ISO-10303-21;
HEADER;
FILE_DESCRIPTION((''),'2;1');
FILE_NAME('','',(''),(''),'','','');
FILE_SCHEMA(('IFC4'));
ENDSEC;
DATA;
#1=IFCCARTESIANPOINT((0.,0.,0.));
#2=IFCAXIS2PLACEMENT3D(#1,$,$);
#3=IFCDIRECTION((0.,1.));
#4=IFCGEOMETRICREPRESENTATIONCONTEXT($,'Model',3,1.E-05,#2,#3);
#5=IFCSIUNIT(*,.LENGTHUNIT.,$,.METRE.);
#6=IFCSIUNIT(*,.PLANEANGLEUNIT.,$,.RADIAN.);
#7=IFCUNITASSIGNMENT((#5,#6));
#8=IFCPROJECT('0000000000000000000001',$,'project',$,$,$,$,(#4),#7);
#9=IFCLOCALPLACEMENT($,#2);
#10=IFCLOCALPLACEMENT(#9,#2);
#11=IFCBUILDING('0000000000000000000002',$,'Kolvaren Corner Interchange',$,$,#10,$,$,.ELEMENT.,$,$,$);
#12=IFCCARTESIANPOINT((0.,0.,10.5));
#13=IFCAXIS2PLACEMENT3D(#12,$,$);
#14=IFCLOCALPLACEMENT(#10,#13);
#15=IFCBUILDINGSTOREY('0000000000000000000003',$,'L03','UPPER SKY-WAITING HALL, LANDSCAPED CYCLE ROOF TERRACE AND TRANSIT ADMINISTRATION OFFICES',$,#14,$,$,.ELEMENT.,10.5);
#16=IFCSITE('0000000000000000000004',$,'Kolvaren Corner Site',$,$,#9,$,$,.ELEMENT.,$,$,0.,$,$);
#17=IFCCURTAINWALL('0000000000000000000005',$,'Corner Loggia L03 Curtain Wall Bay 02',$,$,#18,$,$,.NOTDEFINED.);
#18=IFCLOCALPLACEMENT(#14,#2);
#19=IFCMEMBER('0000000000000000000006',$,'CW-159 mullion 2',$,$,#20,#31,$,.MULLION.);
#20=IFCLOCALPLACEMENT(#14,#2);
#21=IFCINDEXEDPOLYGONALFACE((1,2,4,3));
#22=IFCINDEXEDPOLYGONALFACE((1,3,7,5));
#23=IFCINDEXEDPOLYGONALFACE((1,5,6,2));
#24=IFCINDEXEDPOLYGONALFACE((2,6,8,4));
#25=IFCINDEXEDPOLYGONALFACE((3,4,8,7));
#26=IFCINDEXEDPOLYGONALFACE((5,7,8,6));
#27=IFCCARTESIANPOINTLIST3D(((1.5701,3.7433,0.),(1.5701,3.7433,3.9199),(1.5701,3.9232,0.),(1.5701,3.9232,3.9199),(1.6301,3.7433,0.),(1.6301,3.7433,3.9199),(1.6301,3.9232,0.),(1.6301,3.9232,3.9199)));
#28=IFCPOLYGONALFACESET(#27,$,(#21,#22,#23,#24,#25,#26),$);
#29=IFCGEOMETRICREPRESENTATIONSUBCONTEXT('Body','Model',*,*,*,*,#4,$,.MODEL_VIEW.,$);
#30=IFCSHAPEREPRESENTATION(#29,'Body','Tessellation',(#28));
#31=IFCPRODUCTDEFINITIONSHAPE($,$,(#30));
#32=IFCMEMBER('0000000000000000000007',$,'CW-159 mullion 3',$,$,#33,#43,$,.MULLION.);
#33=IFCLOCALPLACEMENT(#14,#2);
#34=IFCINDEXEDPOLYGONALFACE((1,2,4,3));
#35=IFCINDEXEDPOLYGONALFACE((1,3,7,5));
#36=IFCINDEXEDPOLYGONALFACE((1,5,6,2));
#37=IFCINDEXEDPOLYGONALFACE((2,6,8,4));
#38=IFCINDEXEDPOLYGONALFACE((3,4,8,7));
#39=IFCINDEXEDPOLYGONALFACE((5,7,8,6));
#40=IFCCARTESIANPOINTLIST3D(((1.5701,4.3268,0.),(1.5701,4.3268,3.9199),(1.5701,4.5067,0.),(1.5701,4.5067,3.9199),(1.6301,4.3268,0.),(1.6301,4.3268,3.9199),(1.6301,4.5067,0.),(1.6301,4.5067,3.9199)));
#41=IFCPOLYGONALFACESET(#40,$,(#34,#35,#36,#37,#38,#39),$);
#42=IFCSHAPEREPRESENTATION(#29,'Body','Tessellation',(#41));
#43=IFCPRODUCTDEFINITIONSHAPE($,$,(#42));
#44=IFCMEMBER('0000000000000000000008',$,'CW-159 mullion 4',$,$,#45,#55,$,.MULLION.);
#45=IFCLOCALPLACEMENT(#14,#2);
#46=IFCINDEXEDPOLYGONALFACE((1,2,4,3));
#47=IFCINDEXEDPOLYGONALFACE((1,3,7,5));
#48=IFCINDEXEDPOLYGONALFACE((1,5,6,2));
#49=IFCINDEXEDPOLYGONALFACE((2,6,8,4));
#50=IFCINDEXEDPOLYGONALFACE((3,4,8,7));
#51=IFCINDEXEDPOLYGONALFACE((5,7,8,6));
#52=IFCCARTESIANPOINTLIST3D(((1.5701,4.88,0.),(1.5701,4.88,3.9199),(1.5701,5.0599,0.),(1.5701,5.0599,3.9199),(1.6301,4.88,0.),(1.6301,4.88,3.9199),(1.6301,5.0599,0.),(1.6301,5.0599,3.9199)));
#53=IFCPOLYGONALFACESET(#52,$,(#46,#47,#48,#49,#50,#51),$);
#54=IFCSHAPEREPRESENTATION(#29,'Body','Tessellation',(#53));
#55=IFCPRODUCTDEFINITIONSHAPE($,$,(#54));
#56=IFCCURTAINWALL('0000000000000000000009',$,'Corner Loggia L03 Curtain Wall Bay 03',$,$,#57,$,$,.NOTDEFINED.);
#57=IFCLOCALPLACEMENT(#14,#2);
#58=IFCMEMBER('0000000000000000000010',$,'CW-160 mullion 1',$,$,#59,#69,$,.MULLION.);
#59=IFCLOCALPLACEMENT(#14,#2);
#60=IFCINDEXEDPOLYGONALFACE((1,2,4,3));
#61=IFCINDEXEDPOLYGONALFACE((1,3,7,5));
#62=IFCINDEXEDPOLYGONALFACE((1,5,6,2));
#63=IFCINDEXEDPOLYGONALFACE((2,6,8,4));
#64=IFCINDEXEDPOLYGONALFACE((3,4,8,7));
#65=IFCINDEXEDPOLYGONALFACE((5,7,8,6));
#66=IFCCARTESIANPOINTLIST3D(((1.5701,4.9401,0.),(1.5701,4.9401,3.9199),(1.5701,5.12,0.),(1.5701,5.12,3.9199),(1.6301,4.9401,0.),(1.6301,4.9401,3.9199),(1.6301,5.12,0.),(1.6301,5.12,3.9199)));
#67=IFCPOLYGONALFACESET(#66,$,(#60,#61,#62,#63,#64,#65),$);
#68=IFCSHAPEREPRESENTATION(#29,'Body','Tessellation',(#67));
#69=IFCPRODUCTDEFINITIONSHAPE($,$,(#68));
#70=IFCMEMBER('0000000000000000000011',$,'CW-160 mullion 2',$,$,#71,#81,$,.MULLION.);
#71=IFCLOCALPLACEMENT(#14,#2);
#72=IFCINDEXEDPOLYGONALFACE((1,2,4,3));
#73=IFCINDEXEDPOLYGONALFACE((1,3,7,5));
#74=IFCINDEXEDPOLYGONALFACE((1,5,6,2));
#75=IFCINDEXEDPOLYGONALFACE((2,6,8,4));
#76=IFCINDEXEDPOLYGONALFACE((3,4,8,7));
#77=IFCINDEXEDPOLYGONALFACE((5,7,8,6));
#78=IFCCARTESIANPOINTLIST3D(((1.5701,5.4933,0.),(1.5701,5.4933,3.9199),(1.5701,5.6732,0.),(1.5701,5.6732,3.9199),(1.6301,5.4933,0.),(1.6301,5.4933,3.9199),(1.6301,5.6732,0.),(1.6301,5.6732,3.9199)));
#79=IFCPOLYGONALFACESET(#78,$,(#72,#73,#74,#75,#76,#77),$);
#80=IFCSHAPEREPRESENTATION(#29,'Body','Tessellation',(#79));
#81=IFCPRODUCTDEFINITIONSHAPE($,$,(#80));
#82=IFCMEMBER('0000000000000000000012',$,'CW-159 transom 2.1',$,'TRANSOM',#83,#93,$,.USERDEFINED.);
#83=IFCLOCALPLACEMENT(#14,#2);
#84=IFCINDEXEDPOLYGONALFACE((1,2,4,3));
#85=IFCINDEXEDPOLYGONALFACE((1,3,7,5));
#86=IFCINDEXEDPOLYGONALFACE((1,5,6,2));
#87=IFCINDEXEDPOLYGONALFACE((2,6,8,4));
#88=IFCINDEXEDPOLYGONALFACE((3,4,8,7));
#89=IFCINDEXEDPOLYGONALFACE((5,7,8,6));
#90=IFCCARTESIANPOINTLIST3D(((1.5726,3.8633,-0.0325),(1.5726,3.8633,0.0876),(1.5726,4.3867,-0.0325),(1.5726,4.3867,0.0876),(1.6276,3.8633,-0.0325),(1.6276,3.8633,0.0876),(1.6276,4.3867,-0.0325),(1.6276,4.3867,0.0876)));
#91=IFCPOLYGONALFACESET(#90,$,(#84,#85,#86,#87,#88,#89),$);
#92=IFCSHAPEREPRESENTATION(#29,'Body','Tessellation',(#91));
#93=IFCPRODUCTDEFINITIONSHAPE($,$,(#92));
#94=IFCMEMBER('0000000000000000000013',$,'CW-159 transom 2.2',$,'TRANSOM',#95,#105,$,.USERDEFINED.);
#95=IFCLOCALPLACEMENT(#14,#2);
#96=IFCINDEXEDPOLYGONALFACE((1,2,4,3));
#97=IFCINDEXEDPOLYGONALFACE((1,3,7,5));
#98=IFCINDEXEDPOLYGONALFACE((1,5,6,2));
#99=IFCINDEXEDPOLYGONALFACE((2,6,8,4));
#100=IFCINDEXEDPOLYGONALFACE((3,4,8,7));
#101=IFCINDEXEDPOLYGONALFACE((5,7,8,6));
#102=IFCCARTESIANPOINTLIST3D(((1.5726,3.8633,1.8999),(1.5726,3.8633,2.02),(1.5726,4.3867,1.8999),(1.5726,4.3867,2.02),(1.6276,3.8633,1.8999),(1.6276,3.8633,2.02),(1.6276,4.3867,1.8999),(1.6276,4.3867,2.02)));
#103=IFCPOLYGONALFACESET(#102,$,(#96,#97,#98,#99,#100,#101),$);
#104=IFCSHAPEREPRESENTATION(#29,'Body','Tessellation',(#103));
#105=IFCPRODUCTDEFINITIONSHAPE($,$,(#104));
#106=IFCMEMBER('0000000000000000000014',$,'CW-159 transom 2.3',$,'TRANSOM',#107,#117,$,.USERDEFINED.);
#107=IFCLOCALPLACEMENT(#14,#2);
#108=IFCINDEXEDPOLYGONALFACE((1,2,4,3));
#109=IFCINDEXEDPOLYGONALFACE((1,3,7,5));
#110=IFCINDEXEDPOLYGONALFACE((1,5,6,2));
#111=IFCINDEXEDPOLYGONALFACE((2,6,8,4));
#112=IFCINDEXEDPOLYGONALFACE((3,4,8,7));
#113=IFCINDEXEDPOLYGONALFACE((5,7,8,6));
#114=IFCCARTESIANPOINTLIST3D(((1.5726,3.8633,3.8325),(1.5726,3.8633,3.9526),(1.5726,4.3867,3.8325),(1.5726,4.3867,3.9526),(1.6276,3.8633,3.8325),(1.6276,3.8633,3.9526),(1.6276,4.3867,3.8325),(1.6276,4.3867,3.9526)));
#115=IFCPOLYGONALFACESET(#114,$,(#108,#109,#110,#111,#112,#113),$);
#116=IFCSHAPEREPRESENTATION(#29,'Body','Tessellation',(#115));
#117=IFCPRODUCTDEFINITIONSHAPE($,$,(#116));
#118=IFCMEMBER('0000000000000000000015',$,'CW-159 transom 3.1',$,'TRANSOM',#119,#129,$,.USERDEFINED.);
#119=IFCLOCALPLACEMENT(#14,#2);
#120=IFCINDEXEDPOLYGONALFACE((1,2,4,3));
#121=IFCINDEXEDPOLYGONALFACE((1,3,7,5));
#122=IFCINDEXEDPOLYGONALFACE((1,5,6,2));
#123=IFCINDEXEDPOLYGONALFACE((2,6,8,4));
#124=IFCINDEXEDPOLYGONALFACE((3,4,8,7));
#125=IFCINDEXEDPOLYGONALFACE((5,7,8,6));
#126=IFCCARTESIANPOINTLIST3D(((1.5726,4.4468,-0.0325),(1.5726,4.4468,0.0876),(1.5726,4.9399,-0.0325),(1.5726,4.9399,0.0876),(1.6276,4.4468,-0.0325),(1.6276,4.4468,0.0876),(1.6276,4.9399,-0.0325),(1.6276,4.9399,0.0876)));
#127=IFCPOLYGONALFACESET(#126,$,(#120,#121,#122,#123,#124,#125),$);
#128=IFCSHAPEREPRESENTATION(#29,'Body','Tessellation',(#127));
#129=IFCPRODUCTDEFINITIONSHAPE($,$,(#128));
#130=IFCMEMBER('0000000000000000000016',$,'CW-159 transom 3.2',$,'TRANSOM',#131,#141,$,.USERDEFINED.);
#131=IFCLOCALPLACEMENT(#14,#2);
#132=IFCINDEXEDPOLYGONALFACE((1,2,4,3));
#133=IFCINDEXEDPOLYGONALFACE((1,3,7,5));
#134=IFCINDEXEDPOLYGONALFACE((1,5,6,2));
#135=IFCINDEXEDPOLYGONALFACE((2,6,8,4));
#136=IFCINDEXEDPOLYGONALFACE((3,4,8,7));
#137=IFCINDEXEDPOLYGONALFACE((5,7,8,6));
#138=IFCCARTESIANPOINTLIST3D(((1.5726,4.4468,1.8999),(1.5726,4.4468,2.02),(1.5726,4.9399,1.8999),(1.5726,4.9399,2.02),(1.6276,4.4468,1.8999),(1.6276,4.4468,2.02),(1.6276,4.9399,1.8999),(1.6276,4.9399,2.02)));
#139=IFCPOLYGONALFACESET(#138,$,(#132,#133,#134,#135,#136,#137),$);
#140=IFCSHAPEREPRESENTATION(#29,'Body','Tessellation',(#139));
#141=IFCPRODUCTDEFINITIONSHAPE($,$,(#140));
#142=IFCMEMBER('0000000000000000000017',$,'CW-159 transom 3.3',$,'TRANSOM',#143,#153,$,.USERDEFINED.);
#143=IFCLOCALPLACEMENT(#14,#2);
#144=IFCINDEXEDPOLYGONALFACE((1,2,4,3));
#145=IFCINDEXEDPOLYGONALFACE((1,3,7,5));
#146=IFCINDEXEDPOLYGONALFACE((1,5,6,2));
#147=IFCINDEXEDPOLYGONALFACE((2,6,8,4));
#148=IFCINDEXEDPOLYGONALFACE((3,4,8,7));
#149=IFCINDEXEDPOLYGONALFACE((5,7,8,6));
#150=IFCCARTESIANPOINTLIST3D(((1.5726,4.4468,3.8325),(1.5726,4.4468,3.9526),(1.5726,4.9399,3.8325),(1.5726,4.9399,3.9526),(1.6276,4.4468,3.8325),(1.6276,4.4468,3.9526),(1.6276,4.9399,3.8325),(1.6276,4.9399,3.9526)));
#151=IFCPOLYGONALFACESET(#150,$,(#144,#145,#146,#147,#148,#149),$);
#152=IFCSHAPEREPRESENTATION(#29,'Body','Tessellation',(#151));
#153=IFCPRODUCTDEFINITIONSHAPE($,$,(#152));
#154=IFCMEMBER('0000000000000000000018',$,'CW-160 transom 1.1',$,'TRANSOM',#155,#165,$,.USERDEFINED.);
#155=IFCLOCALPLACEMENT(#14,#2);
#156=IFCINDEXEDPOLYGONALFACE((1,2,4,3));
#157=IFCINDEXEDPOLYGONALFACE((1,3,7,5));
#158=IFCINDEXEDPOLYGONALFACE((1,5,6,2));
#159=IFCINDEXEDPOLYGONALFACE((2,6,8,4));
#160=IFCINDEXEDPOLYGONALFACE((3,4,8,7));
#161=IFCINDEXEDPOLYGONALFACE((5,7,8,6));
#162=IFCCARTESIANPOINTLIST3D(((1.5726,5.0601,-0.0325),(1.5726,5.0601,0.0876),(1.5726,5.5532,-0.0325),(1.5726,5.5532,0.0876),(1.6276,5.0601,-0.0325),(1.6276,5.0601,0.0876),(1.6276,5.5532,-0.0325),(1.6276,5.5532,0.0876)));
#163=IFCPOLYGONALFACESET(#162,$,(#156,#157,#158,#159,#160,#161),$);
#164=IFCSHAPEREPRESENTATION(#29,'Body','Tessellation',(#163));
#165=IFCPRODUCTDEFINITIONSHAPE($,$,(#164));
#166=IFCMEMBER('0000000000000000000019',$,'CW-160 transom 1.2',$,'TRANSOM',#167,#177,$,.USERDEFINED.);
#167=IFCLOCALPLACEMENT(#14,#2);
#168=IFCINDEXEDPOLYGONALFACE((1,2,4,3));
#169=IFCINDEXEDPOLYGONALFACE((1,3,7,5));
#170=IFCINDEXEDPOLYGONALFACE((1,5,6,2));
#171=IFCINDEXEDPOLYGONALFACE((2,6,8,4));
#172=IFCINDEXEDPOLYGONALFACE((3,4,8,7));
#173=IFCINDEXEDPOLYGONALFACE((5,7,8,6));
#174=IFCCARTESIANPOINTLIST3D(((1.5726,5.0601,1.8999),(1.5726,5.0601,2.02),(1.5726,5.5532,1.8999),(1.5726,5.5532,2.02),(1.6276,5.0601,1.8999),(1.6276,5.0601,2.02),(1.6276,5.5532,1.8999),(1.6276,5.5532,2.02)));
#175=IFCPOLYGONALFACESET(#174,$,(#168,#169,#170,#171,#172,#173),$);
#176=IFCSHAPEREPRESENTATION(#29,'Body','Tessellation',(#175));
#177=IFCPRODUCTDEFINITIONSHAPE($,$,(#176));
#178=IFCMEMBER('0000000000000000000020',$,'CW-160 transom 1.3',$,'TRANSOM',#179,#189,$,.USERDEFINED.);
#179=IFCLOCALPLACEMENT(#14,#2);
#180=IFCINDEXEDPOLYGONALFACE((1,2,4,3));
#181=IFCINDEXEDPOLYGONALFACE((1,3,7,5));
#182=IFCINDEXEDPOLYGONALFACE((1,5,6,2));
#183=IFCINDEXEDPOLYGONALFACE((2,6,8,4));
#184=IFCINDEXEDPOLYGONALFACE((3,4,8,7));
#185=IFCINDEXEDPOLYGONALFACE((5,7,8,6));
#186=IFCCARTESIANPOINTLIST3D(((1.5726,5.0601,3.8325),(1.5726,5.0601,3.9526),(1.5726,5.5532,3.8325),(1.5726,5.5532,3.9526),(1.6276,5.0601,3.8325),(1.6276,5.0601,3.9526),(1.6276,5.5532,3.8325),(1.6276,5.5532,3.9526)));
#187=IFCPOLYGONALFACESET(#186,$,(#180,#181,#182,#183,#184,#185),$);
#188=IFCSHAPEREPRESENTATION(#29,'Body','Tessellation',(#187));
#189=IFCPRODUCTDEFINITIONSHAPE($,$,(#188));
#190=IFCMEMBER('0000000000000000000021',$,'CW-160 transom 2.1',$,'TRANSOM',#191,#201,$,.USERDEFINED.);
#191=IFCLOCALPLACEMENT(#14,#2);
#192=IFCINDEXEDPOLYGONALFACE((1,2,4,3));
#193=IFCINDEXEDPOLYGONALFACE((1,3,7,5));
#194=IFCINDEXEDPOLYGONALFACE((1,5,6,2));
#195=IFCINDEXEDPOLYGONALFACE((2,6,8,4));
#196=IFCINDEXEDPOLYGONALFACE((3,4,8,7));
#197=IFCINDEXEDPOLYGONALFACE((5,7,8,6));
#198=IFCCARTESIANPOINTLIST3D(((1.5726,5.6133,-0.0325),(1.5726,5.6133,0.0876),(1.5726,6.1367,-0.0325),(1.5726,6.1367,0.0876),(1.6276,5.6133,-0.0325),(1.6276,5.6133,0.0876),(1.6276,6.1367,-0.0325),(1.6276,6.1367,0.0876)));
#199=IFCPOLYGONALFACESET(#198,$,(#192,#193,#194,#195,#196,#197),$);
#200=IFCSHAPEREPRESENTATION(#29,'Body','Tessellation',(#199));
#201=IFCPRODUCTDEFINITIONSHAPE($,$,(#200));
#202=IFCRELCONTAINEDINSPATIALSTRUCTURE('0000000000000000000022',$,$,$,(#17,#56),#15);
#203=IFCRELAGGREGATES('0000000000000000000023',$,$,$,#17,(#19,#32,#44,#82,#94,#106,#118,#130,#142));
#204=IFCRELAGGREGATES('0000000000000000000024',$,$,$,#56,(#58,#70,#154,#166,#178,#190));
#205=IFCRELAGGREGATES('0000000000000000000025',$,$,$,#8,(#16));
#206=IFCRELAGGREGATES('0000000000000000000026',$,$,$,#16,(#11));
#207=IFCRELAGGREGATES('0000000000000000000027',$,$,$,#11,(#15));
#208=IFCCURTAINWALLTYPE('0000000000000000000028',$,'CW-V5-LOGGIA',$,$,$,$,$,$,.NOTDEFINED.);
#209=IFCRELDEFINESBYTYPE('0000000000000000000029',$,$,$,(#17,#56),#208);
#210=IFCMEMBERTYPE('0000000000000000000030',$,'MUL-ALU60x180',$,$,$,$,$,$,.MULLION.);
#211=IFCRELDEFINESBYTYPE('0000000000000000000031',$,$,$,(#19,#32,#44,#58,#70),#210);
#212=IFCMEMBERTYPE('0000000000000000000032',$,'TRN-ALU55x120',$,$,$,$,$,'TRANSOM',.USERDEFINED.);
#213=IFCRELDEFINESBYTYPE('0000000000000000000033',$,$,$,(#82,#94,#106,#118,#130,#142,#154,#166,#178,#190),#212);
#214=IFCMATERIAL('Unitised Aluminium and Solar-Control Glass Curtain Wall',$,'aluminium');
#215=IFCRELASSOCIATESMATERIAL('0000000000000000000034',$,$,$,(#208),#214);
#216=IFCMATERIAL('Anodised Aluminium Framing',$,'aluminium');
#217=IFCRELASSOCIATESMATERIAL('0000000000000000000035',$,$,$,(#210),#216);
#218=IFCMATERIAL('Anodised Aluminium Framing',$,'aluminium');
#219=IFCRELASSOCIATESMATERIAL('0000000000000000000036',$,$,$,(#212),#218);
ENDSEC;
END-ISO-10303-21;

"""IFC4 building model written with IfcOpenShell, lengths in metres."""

from ifc_helpers import new_model, si_unit, direction, frame, origin, origin_2d, place, context, subcontext, project, spatial, rectangle, extrude, material, material_profile, profile_set, type_object, element, aggregate, save


model = new_model("IFC4")

# Units and contexts
model_context = context("Model", 3, precision=1e-05, world=origin(), true_north=direction((0.0, 1.0)))
body_context = subcontext(model_context, "Body", "Model", "MODEL_VIEW")
ifc_project = project(units=[si_unit("LENGTHUNIT", "METRE"), si_unit("PLANEANGLEUNIT", "RADIAN")], contexts=[model_context])

# Site, building, storey
site_placement = place(None, origin())
site = spatial("IfcSite", under=ifc_project, at=site_placement, Name="Kolvaren Corner Site", CompositionType="ELEMENT", RefElevation=0.0)
building_placement = place(site_placement, origin())
building = spatial("IfcBuilding", under=site, at=building_placement, Name="Kolvaren Corner Interchange", CompositionType="ELEMENT")
storey_placement = place(building_placement, frame((0.0, 0.0, 10.5)))
storey = spatial("IfcBuildingStorey", under=building, at=storey_placement, Name="L03", Description="UPPER SKY-WAITING HALL, LANDSCAPED CYCLE ROOF TERRACE AND TRANSIT ADMINISTRATION OFFICES", CompositionType="ELEMENT", Elevation=10.5)

# Curtain walls, members
ifc_material_1 = material(Name="Unitised Aluminium and Solar-Control Glass Curtain Wall", Category="aluminium")
curtain_wall_type = type_object("IfcCurtainWallType", Name="CW-V5-LOGGIA", PredefinedType="NOTDEFINED", material=ifc_material_1)
curtain_wall_1_placement = place(storey_placement, origin())
curtain_wall_1 = element("IfcCurtainWall", 1, at=curtain_wall_1_placement, inside=storey, type_object=curtain_wall_type, Name="Corner Loggia L03 Curtain Wall Bay 02", PredefinedType="NOTDEFINED")
ifc_material_2 = material(Name="Anodised Aluminium Framing", Category="aluminium")
ifc_material_profile_1 = material_profile(ifc_material_2, rectangle(XDim=0.0601, YDim=0.1799, at=origin_2d()), Name="ALU 60x180")
ifc_profile_set_1 = profile_set([ifc_material_profile_1], Name="Anodised Aluminium Framing")
member_type_1 = type_object("IfcMemberType", Name="MUL-ALU60x180", PredefinedType="MULLION", material=ifc_profile_set_1)
member_1_placement = place(storey_placement, frame((1.6001, 3.8333, 0.0), z_axis=(0.0, 0.0, 1.0), x_axis=(-1.0, 0.0, 0.0)))
member_1 = element("IfcMember", 2, at=member_1_placement, type_object=member_type_1, Name="CW-159 mullion 2", PredefinedType="MULLION", context=body_context, shape_type="SweptSolid", body=[
    extrude(rectangle(XDim=0.0601, YDim=0.1799, at=origin_2d()), origin(), (0.0, 0.0, 1.0), 3.9199),
])
member_2_placement = place(storey_placement, frame((1.6001, 4.4167, 0.0), z_axis=(0.0, 0.0, 1.0), x_axis=(-1.0, 0.0, 0.0)))
member_2 = element("IfcMember", 3, at=member_2_placement, type_object=member_type_1, Name="CW-159 mullion 3", PredefinedType="MULLION", context=body_context, shape_type="SweptSolid", body=[
    extrude(rectangle(XDim=0.0601, YDim=0.1799, at=origin_2d()), origin(), (0.0, 0.0, 1.0), 3.9199),
])
member_3_placement = place(storey_placement, frame((1.6001, 4.97, 0.0), z_axis=(0.0, 0.0, 1.0), x_axis=(-1.0, 0.0, 0.0)))
member_3 = element("IfcMember", 4, at=member_3_placement, type_object=member_type_1, Name="CW-159 mullion 4", PredefinedType="MULLION", context=body_context, shape_type="SweptSolid", body=[
    extrude(rectangle(XDim=0.0601, YDim=0.1799, at=origin_2d()), origin(), (0.0, 0.0, 1.0), 3.9199),
])
curtain_wall_2_placement = place(storey_placement, origin())
curtain_wall_2 = element("IfcCurtainWall", 5, at=curtain_wall_2_placement, inside=storey, type_object=curtain_wall_type, Name="Corner Loggia L03 Curtain Wall Bay 03", PredefinedType="NOTDEFINED")
member_4_placement = place(storey_placement, frame((1.6001, 5.03, 0.0), z_axis=(0.0, 0.0, 1.0), x_axis=(-1.0, 0.0, 0.0)))
member_4 = element("IfcMember", 6, at=member_4_placement, type_object=member_type_1, Name="CW-160 mullion 1", PredefinedType="MULLION", context=body_context, shape_type="SweptSolid", body=[
    extrude(rectangle(XDim=0.0601, YDim=0.1799, at=origin_2d()), origin(), (0.0, 0.0, 1.0), 3.9199),
])
member_5_placement = place(storey_placement, frame((1.6001, 5.5833, 0.0), z_axis=(0.0, 0.0, 1.0), x_axis=(-1.0, 0.0, 0.0)))
member_5 = element("IfcMember", 7, at=member_5_placement, type_object=member_type_1, Name="CW-160 mullion 2", PredefinedType="MULLION", context=body_context, shape_type="SweptSolid", body=[
    extrude(rectangle(XDim=0.0601, YDim=0.1799, at=origin_2d()), origin(), (0.0, 0.0, 1.0), 3.9199),
])

# Members
ifc_material_3 = material(Name="Anodised Aluminium Framing", Category="aluminium")
ifc_material_profile_2 = material_profile(ifc_material_3, rectangle(XDim=0.0549, YDim=0.1201, at=origin_2d()), Name="ALU 55x120")
ifc_profile_set_2 = profile_set([ifc_material_profile_2], Name="Anodised Aluminium Framing")
member_type_2 = type_object("IfcMemberType", Name="TRN-ALU55x120", ElementType="TRANSOM", PredefinedType="USERDEFINED", material=ifc_profile_set_2)
member_6_placement = place(storey_placement, frame((1.6001, 3.8633, 0.0276), z_axis=(0.0, 1.0, 0.0), x_axis=(-1.0, 0.0, 0.0)))
member_6 = element("IfcMember", 8, at=member_6_placement, type_object=member_type_2, Name="CW-159 transom 2.1", ObjectType="TRANSOM", PredefinedType="USERDEFINED", context=body_context, shape_type="SweptSolid", body=[
    extrude(rectangle(XDim=0.0549, YDim=0.1201, at=origin_2d()), origin(), (0.0, 0.0, 1.0), 0.5234),
])
member_7_placement = place(storey_placement, frame((1.6001, 3.8633, 1.96), z_axis=(0.0, 1.0, 0.0), x_axis=(-1.0, 0.0, 0.0)))
member_7 = element("IfcMember", 9, at=member_7_placement, type_object=member_type_2, Name="CW-159 transom 2.2", ObjectType="TRANSOM", PredefinedType="USERDEFINED", context=body_context, shape_type="SweptSolid", body=[
    extrude(rectangle(XDim=0.0549, YDim=0.1201, at=origin_2d()), origin(), (0.0, 0.0, 1.0), 0.5234),
])
member_8_placement = place(storey_placement, frame((1.6001, 3.8633, 3.8926), z_axis=(0.0, 1.0, 0.0), x_axis=(-1.0, 0.0, 0.0)))
member_8 = element("IfcMember", 10, at=member_8_placement, type_object=member_type_2, Name="CW-159 transom 2.3", ObjectType="TRANSOM", PredefinedType="USERDEFINED", context=body_context, shape_type="SweptSolid", body=[
    extrude(rectangle(XDim=0.0549, YDim=0.1201, at=origin_2d()), origin(), (0.0, 0.0, 1.0), 0.5234),
])
member_9_placement = place(storey_placement, frame((1.6001, 4.4468, 0.0276), z_axis=(0.0, 1.0, 0.0), x_axis=(-1.0, 0.0, 0.0)))
member_9 = element("IfcMember", 11, at=member_9_placement, type_object=member_type_2, Name="CW-159 transom 3.1", ObjectType="TRANSOM", PredefinedType="USERDEFINED", context=body_context, shape_type="SweptSolid", body=[
    extrude(rectangle(XDim=0.0549, YDim=0.1201, at=origin_2d()), origin(), (0.0, 0.0, 1.0), 0.4932),
])
member_10_placement = place(storey_placement, frame((1.6001, 4.4468, 1.96), z_axis=(0.0, 1.0, 0.0), x_axis=(-1.0, 0.0, 0.0)))
member_10 = element("IfcMember", 12, at=member_10_placement, type_object=member_type_2, Name="CW-159 transom 3.2", ObjectType="TRANSOM", PredefinedType="USERDEFINED", context=body_context, shape_type="SweptSolid", body=[
    extrude(rectangle(XDim=0.0549, YDim=0.1201, at=origin_2d()), origin(), (0.0, 0.0, 1.0), 0.4932),
])
member_11_placement = place(storey_placement, frame((1.6001, 4.4468, 3.8926), z_axis=(0.0, 1.0, 0.0), x_axis=(-1.0, 0.0, 0.0)))
member_11 = element("IfcMember", 13, at=member_11_placement, type_object=member_type_2, Name="CW-159 transom 3.3", ObjectType="TRANSOM", PredefinedType="USERDEFINED", context=body_context, shape_type="SweptSolid", body=[
    extrude(rectangle(XDim=0.0549, YDim=0.1201, at=origin_2d()), origin(), (0.0, 0.0, 1.0), 0.4932),
])
member_12_placement = place(storey_placement, frame((1.6001, 5.0601, 0.0276), z_axis=(0.0, 1.0, 0.0), x_axis=(-1.0, 0.0, 0.0)))
member_12 = element("IfcMember", 14, at=member_12_placement, type_object=member_type_2, Name="CW-160 transom 1.1", ObjectType="TRANSOM", PredefinedType="USERDEFINED", context=body_context, shape_type="SweptSolid", body=[
    extrude(rectangle(XDim=0.0549, YDim=0.1201, at=origin_2d()), origin(), (0.0, 0.0, 1.0), 0.4932),
])
member_13_placement = place(storey_placement, frame((1.6001, 5.0601, 1.96), z_axis=(0.0, 1.0, 0.0), x_axis=(-1.0, 0.0, 0.0)))
member_13 = element("IfcMember", 15, at=member_13_placement, type_object=member_type_2, Name="CW-160 transom 1.2", ObjectType="TRANSOM", PredefinedType="USERDEFINED", context=body_context, shape_type="SweptSolid", body=[
    extrude(rectangle(XDim=0.0549, YDim=0.1201, at=origin_2d()), origin(), (0.0, 0.0, 1.0), 0.4932),
])
member_14_placement = place(storey_placement, frame((1.6001, 5.0601, 3.8926), z_axis=(0.0, 1.0, 0.0), x_axis=(-1.0, 0.0, 0.0)))
member_14 = element("IfcMember", 16, at=member_14_placement, type_object=member_type_2, Name="CW-160 transom 1.3", ObjectType="TRANSOM", PredefinedType="USERDEFINED", context=body_context, shape_type="SweptSolid", body=[
    extrude(rectangle(XDim=0.0549, YDim=0.1201, at=origin_2d()), origin(), (0.0, 0.0, 1.0), 0.4932),
])
member_15_placement = place(storey_placement, frame((1.6001, 5.6133, 0.0276), z_axis=(0.0, 1.0, 0.0), x_axis=(-1.0, 0.0, 0.0)))
member_15 = element("IfcMember", 17, at=member_15_placement, type_object=member_type_2, Name="CW-160 transom 2.1", ObjectType="TRANSOM", PredefinedType="USERDEFINED", context=body_context, shape_type="SweptSolid", body=[
    extrude(rectangle(XDim=0.0549, YDim=0.1201, at=origin_2d()), origin(), (0.0, 0.0, 1.0), 0.5234),
])

aggregate(curtain_wall_1, [member_1, member_2, member_3, member_6, member_7, member_8, member_9, member_10, member_11])
aggregate(curtain_wall_2, [member_4, member_5, member_12, member_13, member_14, member_15])

save(model, "model.ifc")
